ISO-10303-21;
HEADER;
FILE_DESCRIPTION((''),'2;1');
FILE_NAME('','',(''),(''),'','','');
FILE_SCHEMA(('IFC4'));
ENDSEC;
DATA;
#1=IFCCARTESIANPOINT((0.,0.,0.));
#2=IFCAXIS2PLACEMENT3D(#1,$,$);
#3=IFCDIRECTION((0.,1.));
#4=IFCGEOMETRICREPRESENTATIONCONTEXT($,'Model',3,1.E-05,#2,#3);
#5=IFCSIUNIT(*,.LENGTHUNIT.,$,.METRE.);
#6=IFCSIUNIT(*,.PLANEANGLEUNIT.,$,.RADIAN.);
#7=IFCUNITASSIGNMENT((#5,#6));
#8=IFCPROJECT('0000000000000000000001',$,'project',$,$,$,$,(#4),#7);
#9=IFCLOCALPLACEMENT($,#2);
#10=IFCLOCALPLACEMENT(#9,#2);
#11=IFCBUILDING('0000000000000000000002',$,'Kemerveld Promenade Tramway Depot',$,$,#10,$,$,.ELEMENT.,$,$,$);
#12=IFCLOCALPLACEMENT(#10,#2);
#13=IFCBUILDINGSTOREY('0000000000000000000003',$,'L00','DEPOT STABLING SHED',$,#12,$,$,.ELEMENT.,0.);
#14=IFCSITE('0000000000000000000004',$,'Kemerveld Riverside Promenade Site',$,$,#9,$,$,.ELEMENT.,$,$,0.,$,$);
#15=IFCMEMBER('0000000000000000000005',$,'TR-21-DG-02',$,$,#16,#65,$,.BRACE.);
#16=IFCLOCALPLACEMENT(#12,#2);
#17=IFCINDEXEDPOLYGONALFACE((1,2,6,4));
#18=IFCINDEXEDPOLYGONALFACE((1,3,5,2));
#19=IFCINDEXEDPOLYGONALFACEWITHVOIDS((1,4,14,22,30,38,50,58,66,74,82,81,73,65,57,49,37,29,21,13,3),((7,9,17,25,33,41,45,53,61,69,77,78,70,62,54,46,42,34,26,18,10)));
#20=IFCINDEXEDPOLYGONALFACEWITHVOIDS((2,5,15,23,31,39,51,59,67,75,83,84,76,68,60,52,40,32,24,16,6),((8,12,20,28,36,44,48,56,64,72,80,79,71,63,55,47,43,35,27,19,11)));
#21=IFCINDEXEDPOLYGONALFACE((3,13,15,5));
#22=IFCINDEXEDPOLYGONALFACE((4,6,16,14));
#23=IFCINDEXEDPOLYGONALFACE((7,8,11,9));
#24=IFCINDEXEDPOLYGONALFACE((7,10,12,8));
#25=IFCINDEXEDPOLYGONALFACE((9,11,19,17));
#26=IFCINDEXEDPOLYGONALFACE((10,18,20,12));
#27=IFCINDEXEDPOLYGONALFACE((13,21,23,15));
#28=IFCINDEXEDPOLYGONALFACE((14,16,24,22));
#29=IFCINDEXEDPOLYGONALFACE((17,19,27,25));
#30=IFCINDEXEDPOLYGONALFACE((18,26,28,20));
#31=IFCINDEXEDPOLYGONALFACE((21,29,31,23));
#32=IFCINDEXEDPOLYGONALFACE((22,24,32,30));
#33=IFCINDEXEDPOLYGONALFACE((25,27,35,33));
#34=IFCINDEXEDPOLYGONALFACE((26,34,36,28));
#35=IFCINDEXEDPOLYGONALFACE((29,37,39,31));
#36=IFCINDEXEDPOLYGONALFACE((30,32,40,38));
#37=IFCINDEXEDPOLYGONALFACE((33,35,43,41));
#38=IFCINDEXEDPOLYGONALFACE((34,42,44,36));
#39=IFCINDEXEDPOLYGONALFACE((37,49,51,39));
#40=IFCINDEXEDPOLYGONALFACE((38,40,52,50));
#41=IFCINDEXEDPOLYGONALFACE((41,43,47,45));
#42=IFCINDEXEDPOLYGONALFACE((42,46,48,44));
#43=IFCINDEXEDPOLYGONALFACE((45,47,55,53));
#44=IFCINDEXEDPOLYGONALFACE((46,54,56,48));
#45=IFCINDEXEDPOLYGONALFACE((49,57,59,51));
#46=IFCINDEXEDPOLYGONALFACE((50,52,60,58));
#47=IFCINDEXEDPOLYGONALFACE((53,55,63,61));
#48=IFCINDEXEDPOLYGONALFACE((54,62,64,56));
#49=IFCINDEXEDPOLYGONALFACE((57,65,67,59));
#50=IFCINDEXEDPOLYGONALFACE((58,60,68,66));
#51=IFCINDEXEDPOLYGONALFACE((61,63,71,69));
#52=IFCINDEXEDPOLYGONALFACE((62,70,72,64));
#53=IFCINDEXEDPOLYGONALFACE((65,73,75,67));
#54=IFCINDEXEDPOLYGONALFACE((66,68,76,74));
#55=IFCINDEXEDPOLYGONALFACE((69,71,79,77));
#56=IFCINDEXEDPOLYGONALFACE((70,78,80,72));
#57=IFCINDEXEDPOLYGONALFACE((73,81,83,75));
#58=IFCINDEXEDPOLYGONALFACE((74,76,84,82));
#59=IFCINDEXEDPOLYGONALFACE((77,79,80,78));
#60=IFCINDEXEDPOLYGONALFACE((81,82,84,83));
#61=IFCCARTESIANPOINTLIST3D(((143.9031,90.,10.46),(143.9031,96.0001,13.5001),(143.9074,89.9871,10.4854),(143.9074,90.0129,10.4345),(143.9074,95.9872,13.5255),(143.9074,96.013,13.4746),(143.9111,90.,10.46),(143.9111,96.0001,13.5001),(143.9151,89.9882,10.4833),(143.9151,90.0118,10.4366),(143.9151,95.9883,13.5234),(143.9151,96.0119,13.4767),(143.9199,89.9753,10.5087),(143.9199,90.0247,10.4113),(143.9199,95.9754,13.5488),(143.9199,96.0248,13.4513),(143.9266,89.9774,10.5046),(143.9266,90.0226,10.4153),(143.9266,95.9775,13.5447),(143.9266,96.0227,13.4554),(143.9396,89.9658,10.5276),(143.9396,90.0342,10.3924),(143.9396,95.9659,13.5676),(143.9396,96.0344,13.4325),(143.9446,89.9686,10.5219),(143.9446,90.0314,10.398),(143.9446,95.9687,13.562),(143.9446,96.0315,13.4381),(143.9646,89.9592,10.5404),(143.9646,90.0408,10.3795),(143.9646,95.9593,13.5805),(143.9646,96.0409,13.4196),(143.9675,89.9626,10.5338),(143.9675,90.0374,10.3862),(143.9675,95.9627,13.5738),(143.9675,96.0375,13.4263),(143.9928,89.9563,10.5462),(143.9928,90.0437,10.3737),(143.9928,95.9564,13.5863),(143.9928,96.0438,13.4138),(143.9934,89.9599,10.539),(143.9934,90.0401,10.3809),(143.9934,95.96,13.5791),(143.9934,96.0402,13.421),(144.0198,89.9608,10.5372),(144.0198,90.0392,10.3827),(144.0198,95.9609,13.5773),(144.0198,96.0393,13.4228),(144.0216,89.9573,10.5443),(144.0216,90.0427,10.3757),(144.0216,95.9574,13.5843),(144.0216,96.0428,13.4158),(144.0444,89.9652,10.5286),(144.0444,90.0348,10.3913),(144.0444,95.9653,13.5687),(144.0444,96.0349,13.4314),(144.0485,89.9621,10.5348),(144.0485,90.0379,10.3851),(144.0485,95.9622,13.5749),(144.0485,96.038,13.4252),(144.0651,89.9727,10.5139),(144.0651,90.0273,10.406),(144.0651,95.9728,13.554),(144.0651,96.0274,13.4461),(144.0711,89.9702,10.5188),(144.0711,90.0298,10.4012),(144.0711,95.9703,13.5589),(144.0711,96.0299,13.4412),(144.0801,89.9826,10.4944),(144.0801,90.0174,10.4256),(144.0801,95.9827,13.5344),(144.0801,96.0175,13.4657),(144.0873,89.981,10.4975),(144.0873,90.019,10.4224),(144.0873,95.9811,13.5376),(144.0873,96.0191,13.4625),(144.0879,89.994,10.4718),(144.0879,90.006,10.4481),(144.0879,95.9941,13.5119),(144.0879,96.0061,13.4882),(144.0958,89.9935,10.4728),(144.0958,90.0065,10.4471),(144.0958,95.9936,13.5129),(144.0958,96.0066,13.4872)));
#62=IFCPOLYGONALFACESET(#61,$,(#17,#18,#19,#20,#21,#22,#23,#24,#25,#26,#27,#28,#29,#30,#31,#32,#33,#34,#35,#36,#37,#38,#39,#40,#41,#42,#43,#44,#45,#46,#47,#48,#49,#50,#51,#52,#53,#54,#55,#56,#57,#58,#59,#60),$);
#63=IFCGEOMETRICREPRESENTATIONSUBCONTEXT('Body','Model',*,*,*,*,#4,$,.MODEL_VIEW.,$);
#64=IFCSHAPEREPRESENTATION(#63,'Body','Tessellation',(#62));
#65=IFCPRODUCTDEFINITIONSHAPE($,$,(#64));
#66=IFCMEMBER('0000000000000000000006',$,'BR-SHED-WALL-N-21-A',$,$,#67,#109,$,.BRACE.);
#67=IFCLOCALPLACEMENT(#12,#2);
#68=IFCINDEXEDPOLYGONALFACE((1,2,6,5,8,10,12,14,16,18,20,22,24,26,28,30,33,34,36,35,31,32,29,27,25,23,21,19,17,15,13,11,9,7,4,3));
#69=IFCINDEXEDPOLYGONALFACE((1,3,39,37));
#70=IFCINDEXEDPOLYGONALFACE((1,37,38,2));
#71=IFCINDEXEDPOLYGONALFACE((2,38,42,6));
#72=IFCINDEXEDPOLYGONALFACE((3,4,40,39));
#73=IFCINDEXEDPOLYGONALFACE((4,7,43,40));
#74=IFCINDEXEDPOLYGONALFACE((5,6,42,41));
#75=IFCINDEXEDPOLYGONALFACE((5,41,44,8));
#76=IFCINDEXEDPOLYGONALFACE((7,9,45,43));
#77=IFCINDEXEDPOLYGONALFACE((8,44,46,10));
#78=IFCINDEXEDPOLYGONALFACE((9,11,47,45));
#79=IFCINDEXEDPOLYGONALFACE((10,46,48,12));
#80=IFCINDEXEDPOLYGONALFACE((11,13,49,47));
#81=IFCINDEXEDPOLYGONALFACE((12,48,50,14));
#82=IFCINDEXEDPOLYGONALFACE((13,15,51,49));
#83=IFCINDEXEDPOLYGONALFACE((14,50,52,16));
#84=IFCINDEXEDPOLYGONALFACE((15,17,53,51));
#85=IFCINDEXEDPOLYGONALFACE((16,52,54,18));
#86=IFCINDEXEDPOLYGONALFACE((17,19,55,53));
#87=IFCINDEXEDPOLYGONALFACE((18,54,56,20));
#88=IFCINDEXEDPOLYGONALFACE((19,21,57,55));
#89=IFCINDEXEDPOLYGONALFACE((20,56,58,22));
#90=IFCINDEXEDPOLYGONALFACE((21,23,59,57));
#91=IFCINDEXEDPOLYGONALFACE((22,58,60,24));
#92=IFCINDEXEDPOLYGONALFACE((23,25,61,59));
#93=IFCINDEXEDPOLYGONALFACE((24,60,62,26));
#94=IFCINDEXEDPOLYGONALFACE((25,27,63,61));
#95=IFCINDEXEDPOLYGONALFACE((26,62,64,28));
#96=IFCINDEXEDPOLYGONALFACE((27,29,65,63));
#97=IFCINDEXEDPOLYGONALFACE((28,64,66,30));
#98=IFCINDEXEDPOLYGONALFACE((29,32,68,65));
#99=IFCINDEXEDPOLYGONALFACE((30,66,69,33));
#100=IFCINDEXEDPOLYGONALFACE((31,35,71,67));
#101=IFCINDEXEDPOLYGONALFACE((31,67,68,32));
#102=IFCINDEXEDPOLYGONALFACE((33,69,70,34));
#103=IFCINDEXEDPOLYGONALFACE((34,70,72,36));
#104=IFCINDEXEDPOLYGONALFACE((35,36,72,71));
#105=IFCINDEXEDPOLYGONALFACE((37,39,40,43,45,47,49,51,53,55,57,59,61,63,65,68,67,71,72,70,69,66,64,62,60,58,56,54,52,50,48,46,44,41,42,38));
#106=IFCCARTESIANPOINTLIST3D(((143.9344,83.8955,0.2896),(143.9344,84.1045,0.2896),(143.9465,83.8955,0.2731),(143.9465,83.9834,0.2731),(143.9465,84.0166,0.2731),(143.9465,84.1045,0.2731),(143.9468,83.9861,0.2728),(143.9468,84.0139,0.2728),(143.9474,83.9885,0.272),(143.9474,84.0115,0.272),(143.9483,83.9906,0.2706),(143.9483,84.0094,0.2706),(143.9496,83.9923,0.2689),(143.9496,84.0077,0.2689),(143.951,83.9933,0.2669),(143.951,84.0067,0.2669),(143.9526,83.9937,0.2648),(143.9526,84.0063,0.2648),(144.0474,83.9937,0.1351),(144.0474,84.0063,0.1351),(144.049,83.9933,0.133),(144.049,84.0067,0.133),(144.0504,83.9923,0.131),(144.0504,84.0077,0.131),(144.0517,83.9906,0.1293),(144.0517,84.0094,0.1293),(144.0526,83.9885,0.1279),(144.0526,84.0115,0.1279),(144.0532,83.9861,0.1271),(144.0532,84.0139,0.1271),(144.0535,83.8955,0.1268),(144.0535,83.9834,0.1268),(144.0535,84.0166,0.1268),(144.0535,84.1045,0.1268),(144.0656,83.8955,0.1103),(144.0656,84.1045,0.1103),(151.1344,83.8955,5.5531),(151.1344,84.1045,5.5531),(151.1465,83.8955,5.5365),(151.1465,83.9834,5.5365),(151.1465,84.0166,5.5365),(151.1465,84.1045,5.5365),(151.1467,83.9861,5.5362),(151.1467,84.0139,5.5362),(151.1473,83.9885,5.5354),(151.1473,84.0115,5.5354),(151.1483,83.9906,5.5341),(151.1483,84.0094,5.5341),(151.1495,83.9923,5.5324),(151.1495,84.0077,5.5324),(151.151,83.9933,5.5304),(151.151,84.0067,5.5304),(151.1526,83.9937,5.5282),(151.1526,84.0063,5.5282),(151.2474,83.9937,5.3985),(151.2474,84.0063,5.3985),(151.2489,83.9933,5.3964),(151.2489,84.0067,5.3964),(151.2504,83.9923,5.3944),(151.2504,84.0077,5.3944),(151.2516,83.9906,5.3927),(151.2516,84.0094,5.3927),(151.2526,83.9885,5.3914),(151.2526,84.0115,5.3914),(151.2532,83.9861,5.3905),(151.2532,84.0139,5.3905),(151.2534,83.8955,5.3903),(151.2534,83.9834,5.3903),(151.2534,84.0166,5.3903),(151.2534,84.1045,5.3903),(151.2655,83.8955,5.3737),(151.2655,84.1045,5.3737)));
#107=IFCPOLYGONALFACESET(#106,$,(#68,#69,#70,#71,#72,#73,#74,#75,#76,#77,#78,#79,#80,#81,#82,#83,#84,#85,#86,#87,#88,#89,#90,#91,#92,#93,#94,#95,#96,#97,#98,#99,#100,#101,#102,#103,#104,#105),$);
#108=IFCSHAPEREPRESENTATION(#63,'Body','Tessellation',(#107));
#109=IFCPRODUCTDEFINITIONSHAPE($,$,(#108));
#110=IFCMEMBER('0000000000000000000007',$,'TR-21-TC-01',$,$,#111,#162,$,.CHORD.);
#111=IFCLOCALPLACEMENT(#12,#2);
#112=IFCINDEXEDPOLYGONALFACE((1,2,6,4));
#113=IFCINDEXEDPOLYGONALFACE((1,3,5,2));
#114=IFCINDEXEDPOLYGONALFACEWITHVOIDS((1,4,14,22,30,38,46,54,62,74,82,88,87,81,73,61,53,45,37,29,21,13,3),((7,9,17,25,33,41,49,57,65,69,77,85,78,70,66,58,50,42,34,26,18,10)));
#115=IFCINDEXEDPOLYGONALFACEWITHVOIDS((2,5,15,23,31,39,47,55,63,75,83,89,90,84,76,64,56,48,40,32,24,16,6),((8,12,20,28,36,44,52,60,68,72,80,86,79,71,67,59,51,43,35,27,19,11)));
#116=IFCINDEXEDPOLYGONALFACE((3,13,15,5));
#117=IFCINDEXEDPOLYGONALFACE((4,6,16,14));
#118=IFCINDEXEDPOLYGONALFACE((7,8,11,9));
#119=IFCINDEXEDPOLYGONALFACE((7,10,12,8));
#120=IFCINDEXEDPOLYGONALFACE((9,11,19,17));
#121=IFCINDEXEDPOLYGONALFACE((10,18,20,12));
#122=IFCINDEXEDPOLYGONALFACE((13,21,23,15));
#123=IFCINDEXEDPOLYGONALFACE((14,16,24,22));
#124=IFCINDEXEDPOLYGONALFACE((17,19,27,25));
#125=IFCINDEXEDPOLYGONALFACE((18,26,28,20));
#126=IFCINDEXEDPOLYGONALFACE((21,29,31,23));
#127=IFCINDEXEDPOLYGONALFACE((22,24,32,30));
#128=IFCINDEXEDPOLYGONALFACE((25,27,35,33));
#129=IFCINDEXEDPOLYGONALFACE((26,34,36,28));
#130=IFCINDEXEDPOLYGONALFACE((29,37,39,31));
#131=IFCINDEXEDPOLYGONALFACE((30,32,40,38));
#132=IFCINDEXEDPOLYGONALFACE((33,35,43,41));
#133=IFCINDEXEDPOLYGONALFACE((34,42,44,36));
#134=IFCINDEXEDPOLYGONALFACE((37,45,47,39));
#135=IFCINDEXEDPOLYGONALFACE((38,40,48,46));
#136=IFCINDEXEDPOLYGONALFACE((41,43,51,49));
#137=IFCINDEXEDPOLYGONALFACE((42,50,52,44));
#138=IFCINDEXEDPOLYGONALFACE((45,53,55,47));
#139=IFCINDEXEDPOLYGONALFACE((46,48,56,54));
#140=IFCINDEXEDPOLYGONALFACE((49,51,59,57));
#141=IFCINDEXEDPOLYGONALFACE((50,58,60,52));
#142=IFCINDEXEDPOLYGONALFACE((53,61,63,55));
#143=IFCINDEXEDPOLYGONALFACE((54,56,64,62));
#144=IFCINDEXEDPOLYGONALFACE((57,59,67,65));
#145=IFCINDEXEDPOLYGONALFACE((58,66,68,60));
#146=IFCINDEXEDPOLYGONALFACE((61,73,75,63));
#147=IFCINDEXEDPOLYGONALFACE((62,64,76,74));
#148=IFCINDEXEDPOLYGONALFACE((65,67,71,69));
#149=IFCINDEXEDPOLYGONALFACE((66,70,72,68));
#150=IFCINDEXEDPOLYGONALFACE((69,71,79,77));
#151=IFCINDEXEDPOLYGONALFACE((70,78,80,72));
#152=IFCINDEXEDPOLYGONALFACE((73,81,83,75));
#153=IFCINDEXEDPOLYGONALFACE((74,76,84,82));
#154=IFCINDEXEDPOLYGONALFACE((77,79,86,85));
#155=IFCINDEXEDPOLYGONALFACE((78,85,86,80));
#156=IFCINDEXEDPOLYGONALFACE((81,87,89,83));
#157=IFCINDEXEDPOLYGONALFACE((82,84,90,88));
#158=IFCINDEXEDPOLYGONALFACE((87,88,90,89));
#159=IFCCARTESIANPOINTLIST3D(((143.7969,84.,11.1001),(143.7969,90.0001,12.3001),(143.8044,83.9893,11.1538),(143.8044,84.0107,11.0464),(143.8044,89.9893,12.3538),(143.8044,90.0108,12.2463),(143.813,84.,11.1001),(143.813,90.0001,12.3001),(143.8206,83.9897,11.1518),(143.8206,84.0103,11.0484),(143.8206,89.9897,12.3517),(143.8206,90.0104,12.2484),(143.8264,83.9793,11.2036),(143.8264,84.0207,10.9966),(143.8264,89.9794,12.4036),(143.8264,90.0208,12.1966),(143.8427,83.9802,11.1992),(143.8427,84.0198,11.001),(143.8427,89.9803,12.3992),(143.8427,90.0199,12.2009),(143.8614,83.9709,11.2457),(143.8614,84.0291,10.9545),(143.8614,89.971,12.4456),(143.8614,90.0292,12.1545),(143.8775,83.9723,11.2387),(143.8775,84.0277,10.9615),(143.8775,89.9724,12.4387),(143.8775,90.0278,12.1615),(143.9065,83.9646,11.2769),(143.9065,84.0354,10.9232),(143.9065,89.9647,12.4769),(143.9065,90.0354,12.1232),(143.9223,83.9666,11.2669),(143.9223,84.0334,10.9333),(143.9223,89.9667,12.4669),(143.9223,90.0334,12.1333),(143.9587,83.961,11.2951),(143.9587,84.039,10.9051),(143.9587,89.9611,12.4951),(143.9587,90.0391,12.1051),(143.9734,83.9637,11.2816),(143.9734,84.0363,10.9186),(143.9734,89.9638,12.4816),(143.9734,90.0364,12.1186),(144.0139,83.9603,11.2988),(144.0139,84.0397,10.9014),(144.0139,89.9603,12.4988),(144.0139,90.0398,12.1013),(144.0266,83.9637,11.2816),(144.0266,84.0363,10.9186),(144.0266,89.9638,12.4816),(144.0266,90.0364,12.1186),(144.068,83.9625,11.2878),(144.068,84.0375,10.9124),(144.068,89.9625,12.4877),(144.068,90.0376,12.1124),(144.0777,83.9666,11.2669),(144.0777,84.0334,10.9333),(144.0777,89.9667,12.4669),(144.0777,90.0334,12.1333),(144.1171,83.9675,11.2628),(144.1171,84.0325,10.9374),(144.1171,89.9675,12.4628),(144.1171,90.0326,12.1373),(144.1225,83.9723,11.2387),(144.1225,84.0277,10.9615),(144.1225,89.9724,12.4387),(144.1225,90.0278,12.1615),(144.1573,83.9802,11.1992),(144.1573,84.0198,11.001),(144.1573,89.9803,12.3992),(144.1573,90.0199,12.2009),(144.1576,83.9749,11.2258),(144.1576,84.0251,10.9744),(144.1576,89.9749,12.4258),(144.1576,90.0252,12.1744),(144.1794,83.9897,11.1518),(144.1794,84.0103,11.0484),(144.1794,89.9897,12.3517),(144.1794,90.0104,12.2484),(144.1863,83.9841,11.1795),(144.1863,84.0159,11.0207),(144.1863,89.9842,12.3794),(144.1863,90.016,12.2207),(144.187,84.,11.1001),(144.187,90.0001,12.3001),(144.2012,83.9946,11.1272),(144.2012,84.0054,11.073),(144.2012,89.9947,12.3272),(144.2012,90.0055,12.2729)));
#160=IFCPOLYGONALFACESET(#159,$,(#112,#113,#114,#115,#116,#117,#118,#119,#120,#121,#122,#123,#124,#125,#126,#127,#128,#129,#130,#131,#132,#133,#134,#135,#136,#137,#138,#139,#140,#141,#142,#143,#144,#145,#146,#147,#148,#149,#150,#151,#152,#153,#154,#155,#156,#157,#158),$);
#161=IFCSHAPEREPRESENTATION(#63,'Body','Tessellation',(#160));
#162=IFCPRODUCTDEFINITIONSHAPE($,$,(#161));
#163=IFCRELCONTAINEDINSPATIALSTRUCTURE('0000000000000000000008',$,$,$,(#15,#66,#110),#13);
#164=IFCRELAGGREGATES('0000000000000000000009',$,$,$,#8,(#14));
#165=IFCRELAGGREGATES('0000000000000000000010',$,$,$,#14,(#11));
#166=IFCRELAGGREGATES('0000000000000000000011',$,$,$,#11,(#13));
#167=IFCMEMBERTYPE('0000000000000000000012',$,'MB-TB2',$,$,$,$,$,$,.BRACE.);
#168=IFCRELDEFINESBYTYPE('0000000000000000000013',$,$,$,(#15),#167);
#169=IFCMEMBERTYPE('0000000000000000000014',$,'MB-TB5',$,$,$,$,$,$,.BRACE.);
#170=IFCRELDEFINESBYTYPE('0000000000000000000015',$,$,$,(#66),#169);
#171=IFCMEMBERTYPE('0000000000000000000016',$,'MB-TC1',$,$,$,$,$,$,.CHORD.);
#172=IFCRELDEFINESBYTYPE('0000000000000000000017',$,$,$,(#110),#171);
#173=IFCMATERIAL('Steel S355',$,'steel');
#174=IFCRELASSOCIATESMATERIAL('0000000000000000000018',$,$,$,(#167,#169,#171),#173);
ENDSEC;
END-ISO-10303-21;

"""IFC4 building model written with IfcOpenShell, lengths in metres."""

from ifc_helpers import new_model, si_unit, direction, frame, origin, origin_2d, place, context, subcontext, project, spatial, hollow_circle, i_section, extrude, material, material_profile, profile_set, type_object, element, save


model = new_model("IFC4")

# Units and contexts
model_context = context("Model", 3, precision=1e-05, world=origin(), true_north=direction((0.0, 1.0)))
body_context = subcontext(model_context, "Body", "Model", "MODEL_VIEW")
ifc_project = project(units=[si_unit("LENGTHUNIT", "METRE"), si_unit("PLANEANGLEUNIT", "RADIAN")], contexts=[model_context])

# Site, building, storey
site_placement = place(None, origin())
site = spatial("IfcSite", under=ifc_project, at=site_placement, Name="Kemerveld Riverside Promenade Site", CompositionType="ELEMENT", RefElevation=0.0)
building_placement = place(site_placement, origin())
building = spatial("IfcBuilding", under=site, at=building_placement, Name="Kemerveld Promenade Tramway Depot", CompositionType="ELEMENT")
storey_placement = place(building_placement, origin())
storey = spatial("IfcBuildingStorey", under=building, at=storey_placement, Name="L00", Description="DEPOT STABLING SHED", CompositionType="ELEMENT", Elevation=0.0)

# Members
ifc_material_1 = material(Name="Steel S355", Category="steel")
ifc_material_profile_1 = material_profile(ifc_material_1, hollow_circle(Radius=0.0969, WallThickness=0.0081, at=origin_2d()), Name="193.7x8.0 CHS")
ifc_profile_set_1 = profile_set([ifc_material_profile_1], Name="Steel S355")
member_type_1 = type_object("IfcMemberType", Name="MB-TB2", PredefinedType="BRACE", material=ifc_profile_set_1)
member_1_placement = place(storey_placement, frame((144.0, 90.0, 10.46), z_axis=(0.0, 0.892033, 0.451969), x_axis=(-1.0, 0.0, 0.0)))
element("IfcMember", 1, at=member_1_placement, inside=storey, type_object=member_type_1, Name="TR-21-DG-02", PredefinedType="BRACE", context=body_context, shape_type="SweptSolid", body=[
    extrude(hollow_circle(Radius=0.0969, WallThickness=0.0081, at=origin_2d()), origin(), (0.0, 0.0, 1.0), 6.7263),
])
ifc_material_profile_2 = material_profile(ifc_material_1, i_section(OverallWidth=0.209, OverallDepth=0.2222, WebThickness=0.0127, FlangeThickness=0.0205, FilletRadius=0.0103, at=origin_2d()), Name="203x203x86 UC")
ifc_profile_set_2 = profile_set([ifc_material_profile_2], Name="Steel S355")
member_type_2 = type_object("IfcMemberType", Name="MB-TB5", PredefinedType="BRACE", material=ifc_profile_set_2)
member_2_placement = place(storey_placement, frame((144.0, 84.0, 0.2), z_axis=(0.807288, 0.0, 0.590157), x_axis=(0.0, 1.0, 0.0)))
element("IfcMember", 2, at=member_2_placement, inside=storey, type_object=member_type_2, Name="BR-SHED-WALL-N-21-A", PredefinedType="BRACE", context=body_context, shape_type="SweptSolid", body=[
    extrude(i_section(OverallWidth=0.209, OverallDepth=0.2222, WebThickness=0.0127, FlangeThickness=0.0205, FilletRadius=0.0103, at=origin_2d()), origin(), (0.0, 0.0, 1.0), 8.9187),
])
ifc_material_profile_3 = material_profile(ifc_material_1, hollow_circle(Radius=0.2031, WallThickness=0.0161, at=origin_2d()), Name="406.4x16.0 CHS")
ifc_profile_set_3 = profile_set([ifc_material_profile_3], Name="Steel S355")
member_type_3 = type_object("IfcMemberType", Name="MB-TC1", PredefinedType="CHORD", material=ifc_profile_set_3)
for number, where, z_axis, x_axis, name in (
    (3, (144.0, 84.0, 11.1001), (0.0, 0.980582, 0.196108), (-1.0, 0.0, 0.0), "TR-21-TC-01"),
):
    element("IfcMember", number, at=place(storey_placement, frame(where, z_axis=z_axis, x_axis=x_axis)), inside=storey, type_object=member_type_3, Name=name, PredefinedType="CHORD", context=body_context, shape_type="SweptSolid", body=[
        extrude(hollow_circle(Radius=0.2031, WallThickness=0.0161, at=origin_2d()), origin(), (0.0, 0.0, 1.0), 6.1189),
    ])

save(model, "model.ifc")
